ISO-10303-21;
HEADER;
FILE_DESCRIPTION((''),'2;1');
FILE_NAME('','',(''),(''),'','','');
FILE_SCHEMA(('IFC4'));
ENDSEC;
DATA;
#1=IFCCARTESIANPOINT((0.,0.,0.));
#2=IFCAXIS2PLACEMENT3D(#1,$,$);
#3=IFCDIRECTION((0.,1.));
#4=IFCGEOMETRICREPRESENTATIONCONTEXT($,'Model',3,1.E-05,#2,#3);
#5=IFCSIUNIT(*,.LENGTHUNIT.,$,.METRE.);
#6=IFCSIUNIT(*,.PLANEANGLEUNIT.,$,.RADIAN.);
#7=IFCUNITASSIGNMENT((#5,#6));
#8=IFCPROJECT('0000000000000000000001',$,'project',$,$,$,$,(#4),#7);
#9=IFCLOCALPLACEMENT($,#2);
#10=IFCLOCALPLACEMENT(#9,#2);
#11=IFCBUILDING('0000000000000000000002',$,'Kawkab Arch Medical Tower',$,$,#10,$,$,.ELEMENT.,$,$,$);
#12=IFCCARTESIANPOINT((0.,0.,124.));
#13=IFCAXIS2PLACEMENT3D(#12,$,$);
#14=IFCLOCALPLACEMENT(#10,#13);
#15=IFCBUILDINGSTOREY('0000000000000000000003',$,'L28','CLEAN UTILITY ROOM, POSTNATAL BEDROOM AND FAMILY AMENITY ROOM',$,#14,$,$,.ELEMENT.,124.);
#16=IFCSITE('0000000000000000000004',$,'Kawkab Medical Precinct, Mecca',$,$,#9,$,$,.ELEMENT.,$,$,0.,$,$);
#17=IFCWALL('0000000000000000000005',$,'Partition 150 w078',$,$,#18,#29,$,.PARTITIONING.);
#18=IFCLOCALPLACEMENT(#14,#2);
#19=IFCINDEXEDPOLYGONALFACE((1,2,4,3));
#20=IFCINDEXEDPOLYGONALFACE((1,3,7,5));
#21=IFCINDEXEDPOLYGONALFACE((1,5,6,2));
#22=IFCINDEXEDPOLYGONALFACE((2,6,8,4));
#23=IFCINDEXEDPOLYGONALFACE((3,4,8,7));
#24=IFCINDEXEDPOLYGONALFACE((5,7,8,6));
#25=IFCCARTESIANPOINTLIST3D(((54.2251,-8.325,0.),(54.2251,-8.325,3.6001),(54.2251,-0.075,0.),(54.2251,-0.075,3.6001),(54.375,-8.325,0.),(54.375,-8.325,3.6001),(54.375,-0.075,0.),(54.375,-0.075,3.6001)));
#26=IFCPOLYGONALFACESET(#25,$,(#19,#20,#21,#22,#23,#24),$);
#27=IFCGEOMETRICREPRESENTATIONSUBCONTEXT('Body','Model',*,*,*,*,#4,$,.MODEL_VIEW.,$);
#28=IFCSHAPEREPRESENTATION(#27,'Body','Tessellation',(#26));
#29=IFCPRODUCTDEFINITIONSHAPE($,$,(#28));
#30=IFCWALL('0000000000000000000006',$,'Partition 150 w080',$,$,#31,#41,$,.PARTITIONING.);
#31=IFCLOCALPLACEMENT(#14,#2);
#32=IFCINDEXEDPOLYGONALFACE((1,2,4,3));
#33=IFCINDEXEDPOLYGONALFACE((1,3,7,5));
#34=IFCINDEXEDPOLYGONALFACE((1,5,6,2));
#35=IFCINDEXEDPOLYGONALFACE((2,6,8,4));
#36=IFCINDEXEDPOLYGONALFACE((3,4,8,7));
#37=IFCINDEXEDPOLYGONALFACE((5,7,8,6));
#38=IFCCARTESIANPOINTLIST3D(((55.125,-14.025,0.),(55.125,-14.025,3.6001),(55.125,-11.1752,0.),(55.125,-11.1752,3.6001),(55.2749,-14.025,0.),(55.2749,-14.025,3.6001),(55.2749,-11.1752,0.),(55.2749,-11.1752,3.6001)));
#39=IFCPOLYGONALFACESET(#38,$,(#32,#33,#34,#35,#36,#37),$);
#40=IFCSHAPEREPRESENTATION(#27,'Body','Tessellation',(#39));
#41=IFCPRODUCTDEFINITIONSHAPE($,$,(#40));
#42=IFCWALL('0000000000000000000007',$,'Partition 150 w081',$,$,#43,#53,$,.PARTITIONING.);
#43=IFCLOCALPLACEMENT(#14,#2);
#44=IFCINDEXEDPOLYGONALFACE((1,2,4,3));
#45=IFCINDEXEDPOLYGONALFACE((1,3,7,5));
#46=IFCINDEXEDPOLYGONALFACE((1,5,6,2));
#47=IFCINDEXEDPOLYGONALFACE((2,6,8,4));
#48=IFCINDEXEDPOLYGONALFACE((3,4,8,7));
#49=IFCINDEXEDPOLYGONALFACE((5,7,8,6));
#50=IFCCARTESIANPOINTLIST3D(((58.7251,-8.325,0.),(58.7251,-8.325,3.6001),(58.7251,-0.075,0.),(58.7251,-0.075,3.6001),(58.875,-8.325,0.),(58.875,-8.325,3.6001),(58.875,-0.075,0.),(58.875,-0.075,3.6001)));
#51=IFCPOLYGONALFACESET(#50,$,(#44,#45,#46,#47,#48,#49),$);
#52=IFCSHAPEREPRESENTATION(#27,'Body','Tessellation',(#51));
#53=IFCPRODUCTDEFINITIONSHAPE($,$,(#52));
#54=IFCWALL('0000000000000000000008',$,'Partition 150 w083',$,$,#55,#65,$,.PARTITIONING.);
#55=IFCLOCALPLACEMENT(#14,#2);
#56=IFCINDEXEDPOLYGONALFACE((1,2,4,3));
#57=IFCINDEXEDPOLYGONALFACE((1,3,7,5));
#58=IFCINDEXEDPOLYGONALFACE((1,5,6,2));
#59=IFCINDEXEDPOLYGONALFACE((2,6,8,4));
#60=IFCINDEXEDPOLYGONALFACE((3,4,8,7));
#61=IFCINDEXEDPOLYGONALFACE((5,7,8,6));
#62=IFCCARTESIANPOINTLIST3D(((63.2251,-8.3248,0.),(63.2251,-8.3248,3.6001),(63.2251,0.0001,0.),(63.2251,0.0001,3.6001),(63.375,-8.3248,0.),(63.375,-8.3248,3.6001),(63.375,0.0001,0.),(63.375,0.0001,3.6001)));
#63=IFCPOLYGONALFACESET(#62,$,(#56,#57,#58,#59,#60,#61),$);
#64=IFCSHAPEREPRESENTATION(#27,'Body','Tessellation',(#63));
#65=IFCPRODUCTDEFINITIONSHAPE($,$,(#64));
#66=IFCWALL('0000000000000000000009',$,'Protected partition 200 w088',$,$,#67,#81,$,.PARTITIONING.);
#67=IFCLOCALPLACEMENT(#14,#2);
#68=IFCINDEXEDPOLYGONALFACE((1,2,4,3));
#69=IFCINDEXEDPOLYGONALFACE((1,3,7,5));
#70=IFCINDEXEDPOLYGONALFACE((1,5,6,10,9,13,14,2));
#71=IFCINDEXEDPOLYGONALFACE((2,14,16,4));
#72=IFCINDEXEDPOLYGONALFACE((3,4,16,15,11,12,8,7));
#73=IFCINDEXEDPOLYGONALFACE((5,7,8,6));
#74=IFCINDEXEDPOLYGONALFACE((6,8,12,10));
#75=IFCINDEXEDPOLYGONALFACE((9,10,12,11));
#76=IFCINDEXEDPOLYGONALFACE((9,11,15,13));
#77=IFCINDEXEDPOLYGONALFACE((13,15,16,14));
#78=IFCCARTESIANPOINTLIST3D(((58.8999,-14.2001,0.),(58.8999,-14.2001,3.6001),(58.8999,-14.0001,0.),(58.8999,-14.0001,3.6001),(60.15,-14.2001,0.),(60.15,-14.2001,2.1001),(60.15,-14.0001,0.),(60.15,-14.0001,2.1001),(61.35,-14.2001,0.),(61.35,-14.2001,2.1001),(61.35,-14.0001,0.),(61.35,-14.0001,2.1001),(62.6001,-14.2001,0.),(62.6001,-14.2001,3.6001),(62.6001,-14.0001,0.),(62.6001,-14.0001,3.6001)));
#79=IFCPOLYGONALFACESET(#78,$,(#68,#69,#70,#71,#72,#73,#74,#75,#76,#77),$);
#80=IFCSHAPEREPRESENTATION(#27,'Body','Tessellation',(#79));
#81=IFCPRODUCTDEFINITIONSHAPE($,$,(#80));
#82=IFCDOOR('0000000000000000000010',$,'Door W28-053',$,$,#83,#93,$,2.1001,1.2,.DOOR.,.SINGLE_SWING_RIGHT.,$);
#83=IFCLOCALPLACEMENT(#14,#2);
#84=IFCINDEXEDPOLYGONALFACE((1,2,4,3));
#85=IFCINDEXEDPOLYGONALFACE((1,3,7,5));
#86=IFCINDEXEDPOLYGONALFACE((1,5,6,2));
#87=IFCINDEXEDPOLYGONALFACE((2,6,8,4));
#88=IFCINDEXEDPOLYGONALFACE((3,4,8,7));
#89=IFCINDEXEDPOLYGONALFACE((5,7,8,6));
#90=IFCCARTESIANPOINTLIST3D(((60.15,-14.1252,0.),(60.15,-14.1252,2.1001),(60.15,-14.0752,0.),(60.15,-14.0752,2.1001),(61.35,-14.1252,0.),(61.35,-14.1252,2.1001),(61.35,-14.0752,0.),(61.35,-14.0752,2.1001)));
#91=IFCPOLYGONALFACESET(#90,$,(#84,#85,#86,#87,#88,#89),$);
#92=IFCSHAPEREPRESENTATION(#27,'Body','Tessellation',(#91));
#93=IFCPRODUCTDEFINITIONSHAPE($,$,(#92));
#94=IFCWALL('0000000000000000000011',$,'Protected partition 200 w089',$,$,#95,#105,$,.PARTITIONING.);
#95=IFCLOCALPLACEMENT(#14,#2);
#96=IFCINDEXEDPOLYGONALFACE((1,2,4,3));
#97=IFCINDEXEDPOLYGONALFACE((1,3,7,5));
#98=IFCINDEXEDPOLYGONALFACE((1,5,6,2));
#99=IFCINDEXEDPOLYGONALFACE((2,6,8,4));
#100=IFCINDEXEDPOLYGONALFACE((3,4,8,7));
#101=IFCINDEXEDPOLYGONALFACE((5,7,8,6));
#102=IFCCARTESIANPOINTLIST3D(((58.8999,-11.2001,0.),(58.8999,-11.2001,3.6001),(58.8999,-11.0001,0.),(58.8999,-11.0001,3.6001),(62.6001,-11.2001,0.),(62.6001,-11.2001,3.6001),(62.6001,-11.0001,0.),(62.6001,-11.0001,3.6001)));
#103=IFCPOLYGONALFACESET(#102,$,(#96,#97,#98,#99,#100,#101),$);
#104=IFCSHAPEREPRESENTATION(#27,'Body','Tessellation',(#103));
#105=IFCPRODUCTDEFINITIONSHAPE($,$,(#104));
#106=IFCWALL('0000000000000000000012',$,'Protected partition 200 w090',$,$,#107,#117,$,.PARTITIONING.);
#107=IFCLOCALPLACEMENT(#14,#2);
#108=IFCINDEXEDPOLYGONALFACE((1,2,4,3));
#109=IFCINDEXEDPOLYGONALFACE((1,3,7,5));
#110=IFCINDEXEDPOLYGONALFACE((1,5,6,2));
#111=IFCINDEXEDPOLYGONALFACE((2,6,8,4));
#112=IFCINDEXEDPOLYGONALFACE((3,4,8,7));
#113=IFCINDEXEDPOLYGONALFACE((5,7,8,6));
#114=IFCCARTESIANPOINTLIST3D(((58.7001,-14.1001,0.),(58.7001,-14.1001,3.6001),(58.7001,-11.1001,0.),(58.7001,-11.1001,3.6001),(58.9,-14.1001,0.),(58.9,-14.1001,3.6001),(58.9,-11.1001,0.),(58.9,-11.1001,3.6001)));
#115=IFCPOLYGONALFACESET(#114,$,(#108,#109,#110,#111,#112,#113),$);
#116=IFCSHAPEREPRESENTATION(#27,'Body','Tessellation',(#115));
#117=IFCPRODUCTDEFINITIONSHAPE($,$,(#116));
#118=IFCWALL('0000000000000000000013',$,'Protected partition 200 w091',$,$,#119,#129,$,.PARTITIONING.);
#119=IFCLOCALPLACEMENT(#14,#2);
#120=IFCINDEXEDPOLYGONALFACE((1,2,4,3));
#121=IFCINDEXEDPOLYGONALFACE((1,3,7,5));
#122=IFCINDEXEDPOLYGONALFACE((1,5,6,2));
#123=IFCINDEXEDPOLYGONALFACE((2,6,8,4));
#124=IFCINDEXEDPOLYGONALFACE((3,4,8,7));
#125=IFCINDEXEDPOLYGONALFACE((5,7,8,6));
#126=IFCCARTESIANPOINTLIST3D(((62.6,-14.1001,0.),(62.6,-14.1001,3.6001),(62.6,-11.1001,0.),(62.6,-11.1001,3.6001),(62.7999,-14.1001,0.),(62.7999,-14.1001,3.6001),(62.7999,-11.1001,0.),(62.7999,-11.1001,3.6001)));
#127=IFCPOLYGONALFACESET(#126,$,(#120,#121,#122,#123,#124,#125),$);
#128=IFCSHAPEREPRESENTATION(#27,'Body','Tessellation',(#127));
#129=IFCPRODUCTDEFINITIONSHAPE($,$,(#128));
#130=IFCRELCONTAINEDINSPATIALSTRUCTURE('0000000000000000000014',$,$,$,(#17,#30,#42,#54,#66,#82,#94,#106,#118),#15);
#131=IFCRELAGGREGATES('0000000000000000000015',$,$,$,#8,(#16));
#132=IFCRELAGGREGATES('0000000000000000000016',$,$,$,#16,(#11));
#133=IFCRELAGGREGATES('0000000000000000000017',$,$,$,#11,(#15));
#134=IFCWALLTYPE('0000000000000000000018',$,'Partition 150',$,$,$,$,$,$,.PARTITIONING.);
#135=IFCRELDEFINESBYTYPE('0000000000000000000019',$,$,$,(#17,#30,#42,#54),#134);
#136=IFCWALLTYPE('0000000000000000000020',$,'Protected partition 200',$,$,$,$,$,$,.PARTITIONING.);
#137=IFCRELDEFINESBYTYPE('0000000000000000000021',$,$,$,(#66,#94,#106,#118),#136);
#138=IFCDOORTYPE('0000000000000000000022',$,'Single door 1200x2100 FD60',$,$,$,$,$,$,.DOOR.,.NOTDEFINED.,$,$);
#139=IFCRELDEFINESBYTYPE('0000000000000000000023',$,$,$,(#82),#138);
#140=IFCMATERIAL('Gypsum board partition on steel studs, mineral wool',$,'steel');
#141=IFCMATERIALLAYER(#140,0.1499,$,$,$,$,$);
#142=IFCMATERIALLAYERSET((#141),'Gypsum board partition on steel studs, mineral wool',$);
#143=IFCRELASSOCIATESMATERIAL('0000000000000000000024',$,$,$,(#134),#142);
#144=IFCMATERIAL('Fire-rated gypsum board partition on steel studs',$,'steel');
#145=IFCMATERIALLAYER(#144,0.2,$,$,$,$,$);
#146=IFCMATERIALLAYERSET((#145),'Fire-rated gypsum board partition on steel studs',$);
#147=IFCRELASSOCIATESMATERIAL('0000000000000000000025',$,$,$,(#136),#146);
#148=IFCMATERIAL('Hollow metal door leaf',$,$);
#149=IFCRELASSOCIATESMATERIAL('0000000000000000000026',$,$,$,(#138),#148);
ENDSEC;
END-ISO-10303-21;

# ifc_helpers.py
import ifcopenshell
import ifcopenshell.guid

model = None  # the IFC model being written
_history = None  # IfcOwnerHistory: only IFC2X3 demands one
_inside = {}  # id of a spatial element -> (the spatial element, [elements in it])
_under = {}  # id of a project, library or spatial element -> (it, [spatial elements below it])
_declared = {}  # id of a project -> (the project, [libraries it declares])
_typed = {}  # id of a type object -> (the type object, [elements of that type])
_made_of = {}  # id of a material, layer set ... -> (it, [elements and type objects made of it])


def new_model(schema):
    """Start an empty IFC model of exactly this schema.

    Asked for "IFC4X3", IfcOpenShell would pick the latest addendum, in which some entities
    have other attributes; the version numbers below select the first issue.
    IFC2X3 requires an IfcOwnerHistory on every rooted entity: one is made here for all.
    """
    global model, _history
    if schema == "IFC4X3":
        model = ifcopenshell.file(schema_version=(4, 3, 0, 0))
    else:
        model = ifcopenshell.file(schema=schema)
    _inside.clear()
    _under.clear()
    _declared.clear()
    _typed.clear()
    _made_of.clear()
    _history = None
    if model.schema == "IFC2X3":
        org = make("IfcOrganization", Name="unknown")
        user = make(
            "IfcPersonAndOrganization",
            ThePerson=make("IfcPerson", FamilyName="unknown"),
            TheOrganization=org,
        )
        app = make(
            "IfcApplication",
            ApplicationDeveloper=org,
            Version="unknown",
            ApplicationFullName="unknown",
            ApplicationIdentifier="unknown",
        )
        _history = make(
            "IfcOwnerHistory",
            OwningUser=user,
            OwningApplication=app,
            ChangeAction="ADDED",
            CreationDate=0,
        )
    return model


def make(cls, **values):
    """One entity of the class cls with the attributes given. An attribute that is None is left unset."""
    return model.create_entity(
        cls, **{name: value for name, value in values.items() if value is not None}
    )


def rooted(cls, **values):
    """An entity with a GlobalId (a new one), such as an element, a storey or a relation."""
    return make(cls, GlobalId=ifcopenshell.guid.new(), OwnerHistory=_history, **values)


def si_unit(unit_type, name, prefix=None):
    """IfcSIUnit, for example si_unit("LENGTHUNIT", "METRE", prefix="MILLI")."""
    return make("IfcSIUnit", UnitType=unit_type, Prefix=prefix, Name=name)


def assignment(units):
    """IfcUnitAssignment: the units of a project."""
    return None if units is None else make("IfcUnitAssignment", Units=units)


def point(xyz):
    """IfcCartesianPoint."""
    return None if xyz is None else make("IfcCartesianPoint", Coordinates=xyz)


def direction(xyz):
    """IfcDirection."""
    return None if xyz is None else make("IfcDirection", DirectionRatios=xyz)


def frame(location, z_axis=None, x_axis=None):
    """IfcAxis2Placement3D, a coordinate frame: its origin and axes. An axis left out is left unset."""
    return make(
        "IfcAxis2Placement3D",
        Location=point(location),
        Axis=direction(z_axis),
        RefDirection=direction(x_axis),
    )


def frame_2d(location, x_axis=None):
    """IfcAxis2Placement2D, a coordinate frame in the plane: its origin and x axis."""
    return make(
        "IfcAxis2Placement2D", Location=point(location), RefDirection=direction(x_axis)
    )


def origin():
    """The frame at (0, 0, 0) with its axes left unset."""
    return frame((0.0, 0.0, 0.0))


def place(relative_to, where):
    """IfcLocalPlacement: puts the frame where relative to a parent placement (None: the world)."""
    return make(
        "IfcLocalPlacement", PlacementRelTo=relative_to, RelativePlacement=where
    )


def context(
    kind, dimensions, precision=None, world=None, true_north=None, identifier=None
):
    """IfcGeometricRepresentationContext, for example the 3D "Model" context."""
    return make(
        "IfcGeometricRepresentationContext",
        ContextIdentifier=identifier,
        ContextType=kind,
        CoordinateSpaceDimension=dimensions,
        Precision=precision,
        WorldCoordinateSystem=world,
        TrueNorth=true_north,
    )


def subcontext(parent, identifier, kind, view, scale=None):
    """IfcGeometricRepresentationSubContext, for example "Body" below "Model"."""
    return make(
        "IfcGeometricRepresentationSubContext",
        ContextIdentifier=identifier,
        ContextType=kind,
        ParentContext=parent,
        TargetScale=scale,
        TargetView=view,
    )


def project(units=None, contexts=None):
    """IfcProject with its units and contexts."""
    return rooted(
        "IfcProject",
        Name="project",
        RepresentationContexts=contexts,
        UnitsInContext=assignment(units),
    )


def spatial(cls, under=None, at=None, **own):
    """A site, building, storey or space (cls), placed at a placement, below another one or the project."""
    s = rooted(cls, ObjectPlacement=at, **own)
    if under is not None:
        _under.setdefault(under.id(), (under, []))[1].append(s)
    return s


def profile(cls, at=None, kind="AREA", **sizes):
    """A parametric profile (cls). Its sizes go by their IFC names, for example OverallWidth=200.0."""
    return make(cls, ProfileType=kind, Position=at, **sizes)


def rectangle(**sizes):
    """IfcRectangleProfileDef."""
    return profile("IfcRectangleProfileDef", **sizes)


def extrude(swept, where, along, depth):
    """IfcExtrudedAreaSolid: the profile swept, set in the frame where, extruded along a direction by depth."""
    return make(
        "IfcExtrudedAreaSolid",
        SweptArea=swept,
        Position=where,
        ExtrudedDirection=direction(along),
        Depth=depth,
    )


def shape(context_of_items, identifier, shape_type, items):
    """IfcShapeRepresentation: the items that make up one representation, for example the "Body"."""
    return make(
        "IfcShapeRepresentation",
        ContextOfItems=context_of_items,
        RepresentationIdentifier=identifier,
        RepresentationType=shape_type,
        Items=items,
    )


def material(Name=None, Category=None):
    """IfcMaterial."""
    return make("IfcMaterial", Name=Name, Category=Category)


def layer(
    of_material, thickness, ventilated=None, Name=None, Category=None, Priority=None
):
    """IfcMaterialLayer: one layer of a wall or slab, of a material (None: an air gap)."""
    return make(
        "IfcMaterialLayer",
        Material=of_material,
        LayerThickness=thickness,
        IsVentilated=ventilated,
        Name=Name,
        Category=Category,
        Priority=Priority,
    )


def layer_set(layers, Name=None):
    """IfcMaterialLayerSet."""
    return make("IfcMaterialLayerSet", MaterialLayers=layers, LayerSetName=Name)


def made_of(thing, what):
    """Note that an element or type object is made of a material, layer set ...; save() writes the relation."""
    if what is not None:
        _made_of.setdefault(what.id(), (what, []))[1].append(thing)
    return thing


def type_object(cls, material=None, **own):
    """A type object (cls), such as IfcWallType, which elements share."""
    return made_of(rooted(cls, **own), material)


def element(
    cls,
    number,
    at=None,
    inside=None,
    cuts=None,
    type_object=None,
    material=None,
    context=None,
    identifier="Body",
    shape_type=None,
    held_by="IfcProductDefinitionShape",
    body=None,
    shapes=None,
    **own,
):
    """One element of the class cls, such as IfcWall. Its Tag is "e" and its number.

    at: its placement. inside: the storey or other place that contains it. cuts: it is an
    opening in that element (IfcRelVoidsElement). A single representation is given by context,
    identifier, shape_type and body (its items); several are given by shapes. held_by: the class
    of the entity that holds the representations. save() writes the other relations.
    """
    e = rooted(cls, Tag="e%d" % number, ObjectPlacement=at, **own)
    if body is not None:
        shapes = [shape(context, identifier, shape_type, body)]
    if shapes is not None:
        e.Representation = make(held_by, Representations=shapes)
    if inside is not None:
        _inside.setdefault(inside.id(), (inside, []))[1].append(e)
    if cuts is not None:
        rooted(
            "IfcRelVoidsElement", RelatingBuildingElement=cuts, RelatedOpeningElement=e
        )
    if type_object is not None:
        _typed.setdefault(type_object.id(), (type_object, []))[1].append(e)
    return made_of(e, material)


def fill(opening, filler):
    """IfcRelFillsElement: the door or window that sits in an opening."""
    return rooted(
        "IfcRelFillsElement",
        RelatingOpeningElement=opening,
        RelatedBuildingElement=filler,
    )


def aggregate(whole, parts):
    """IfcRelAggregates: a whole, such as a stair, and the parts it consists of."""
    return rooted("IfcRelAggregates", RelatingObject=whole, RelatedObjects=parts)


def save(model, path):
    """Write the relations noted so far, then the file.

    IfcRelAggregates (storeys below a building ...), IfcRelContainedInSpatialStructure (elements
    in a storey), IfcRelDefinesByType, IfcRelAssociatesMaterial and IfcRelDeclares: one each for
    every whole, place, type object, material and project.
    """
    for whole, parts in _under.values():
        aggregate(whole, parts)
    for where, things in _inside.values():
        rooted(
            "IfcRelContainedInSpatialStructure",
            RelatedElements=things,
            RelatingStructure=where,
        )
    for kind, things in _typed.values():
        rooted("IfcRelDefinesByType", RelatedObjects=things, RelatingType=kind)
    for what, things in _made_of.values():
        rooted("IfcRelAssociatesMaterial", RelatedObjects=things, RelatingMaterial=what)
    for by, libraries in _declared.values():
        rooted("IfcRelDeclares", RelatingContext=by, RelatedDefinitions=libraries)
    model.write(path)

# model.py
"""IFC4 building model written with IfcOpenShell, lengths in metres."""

from ifc_helpers import new_model, si_unit, direction, frame, frame_2d, origin, place, context, subcontext, project, spatial, rectangle, extrude, material, layer, layer_set, type_object, element, fill, save


model = new_model("IFC4")

# Units and contexts
model_context = context("Model", 3, precision=1e-05, world=origin(), true_north=direction((0.0, 1.0)))
body_context = subcontext(model_context, "Body", "Model", "MODEL_VIEW")
ifc_project = project(units=[si_unit("LENGTHUNIT", "METRE"), si_unit("PLANEANGLEUNIT", "RADIAN")], contexts=[model_context])

# Site, building, storey
site_placement = place(None, origin())
site = spatial("IfcSite", under=ifc_project, at=site_placement, Name="Kawkab Medical Precinct, Mecca", CompositionType="ELEMENT", RefElevation=0.0)
building_placement = place(site_placement, origin())
building = spatial("IfcBuilding", under=site, at=building_placement, Name="Kawkab Arch Medical Tower", CompositionType="ELEMENT")
storey_placement = place(building_placement, frame((0.0, 0.0, 124.0)))
storey = spatial("IfcBuildingStorey", under=building, at=storey_placement, Name="L28", Description="CLEAN UTILITY ROOM, POSTNATAL BEDROOM AND FAMILY AMENITY ROOM", CompositionType="ELEMENT", Elevation=124.0)

# Shared definitions
ifc_material_1 = material(Name="Gypsum board partition on steel studs, mineral wool", Category="steel")
ifc_layer_1 = layer(ifc_material_1, 0.1499)
ifc_layer_set_1 = layer_set([ifc_layer_1], Name="Gypsum board partition on steel studs, mineral wool")
wall_type_1 = type_object("IfcWallType", Name="Partition 150", PredefinedType="PARTITIONING", material=ifc_layer_set_1)

# Walls
wall_1_placement = place(storey_placement, frame((54.3, -8.325, 0.0), z_axis=(0.0, 0.0, 1.0), x_axis=(0.0, 1.0, 0.0)))
element("IfcWall", 1, at=wall_1_placement, inside=storey, type_object=wall_type_1, Name="Partition 150 w078", PredefinedType="PARTITIONING", context=body_context, shape_type="SweptSolid", body=[
    extrude(rectangle(XDim=8.25, YDim=0.1499, at=frame_2d((4.125, 0.0))), origin(), (0.0, 0.0, 1.0), 3.6001),
])
wall_2_placement = place(storey_placement, frame((55.2, -14.0249, 0.0), z_axis=(0.0, 0.0, 1.0), x_axis=(0.0, 1.0, 0.0)))
element("IfcWall", 2, at=wall_2_placement, inside=storey, type_object=wall_type_1, Name="Partition 150 w080", PredefinedType="PARTITIONING", context=body_context, shape_type="SweptSolid", body=[
    extrude(rectangle(XDim=2.8499, YDim=0.1499, at=frame_2d((1.4248, 0.0))), origin(), (0.0, 0.0, 1.0), 3.6001),
])
wall_3_placement = place(storey_placement, frame((58.8, -8.325, 0.0), z_axis=(0.0, 0.0, 1.0), x_axis=(0.0, 1.0, 0.0)))
element("IfcWall", 3, at=wall_3_placement, inside=storey, type_object=wall_type_1, Name="Partition 150 w081", PredefinedType="PARTITIONING", context=body_context, shape_type="SweptSolid", body=[
    extrude(rectangle(XDim=8.25, YDim=0.1499, at=frame_2d((4.125, 0.0))), origin(), (0.0, 0.0, 1.0), 3.6001),
])
wall_4_placement = place(storey_placement, frame((63.3, -8.325, 0.0), z_axis=(0.0, 0.0, 1.0), x_axis=(0.0, 1.0, 0.0)))
element("IfcWall", 4, at=wall_4_placement, inside=storey, type_object=wall_type_1, Name="Partition 150 w083", PredefinedType="PARTITIONING", context=body_context, shape_type="SweptSolid", body=[
    extrude(rectangle(XDim=8.325, YDim=0.1499, at=frame_2d((4.1626, 0.0))), origin(), (0.0, 0.0, 1.0), 3.6001),
])

# Wall, opening, door
ifc_material_2 = material(Name="Fire-rated gypsum board partition on steel studs", Category="steel")
ifc_layer_2 = layer(ifc_material_2, 0.2)
ifc_layer_set_2 = layer_set([ifc_layer_2], Name="Fire-rated gypsum board partition on steel studs")
wall_type_2 = type_object("IfcWallType", Name="Protected partition 200", PredefinedType="PARTITIONING", material=ifc_layer_set_2)
wall_5_placement = place(storey_placement, frame((58.8999, -14.1001, 0.0), z_axis=(0.0, 0.0, 1.0), x_axis=(1.0, 0.0, 0.0)))
wall_5 = element("IfcWall", 5, at=wall_5_placement, inside=storey, type_object=wall_type_2, Name="Protected partition 200 w088", PredefinedType="PARTITIONING", context=body_context, shape_type="SweptSolid", body=[
    extrude(rectangle(XDim=3.7002, YDim=0.2, at=frame_2d((1.8501, 0.0))), origin(), (0.0, 0.0, 1.0), 3.6001),
])
opening_1_placement = place(wall_5_placement, frame((1.25, 0.0, 0.0)))
opening_1 = element("IfcOpeningElement", 6, at=opening_1_placement, cuts=wall_5, PredefinedType="OPENING", context=body_context, shape_type="SweptSolid", body=[
    extrude(rectangle(XDim=1.2, YDim=2.1001, at=frame_2d((0.6001, 1.05))), frame((0.0, 0.1099, 0.0), z_axis=(0.0, -1.0, 0.0), x_axis=(1.0, 0.0, 0.0)), (0.0, 0.0, 1.0), 0.22),
])
ifc_material_3 = material(Name="Hollow metal door leaf")
door_type_1 = type_object("IfcDoorType", Name="Single door 1200x2100 FD60", OperationType="NOTDEFINED", PredefinedType="DOOR", material=ifc_material_3)
door_1_placement = place(opening_1_placement, origin())
door_1 = element("IfcDoor", 7, at=door_1_placement, inside=storey, type_object=door_type_1, Name="Door W28-053", OperationType="SINGLE_SWING_RIGHT", OverallHeight=2.1001, OverallWidth=1.2, PredefinedType="DOOR", context=body_context, shape_type="SweptSolid", body=[
    extrude(rectangle(XDim=1.2, YDim=2.1001, at=frame_2d((0.6001, 1.05))), frame((0.0, 0.0249, 0.0), z_axis=(0.0, -1.0, 0.0), x_axis=(1.0, 0.0, 0.0)), (0.0, 0.0, 1.0), 0.05),
])
fill(opening_1, door_1)

# Walls
wall_6_placement = place(storey_placement, frame((58.8999, -11.1001, 0.0), z_axis=(0.0, 0.0, 1.0), x_axis=(1.0, 0.0, 0.0)))
element("IfcWall", 8, at=wall_6_placement, inside=storey, type_object=wall_type_2, Name="Protected partition 200 w089", PredefinedType="PARTITIONING", context=body_context, shape_type="SweptSolid", body=[
    extrude(rectangle(XDim=3.7002, YDim=0.2, at=frame_2d((1.8501, 0.0))), origin(), (0.0, 0.0, 1.0), 3.6001),
])
for number, where, z_axis, x_axis, name in (
    (9, (58.8, -14.1001, 0.0), (0.0, 0.0, 1.0), (0.0, 1.0, 0.0), "Protected partition 200 w090"),
    (10, (62.7, -14.1001, 0.0), (0.0, 0.0, 1.0), (0.0, 1.0, 0.0), "Protected partition 200 w091"),
):
    element("IfcWall", number, at=place(storey_placement, frame(where, z_axis=z_axis, x_axis=x_axis)), inside=storey, type_object=wall_type_2, Name=name, PredefinedType="PARTITIONING", context=body_context, shape_type="SweptSolid", body=[
        extrude(rectangle(XDim=3.0, YDim=0.2, at=frame_2d((1.5, 0.0))), origin(), (0.0, 0.0, 1.0), 3.6001),
    ])

save(model, "model.ifc")
